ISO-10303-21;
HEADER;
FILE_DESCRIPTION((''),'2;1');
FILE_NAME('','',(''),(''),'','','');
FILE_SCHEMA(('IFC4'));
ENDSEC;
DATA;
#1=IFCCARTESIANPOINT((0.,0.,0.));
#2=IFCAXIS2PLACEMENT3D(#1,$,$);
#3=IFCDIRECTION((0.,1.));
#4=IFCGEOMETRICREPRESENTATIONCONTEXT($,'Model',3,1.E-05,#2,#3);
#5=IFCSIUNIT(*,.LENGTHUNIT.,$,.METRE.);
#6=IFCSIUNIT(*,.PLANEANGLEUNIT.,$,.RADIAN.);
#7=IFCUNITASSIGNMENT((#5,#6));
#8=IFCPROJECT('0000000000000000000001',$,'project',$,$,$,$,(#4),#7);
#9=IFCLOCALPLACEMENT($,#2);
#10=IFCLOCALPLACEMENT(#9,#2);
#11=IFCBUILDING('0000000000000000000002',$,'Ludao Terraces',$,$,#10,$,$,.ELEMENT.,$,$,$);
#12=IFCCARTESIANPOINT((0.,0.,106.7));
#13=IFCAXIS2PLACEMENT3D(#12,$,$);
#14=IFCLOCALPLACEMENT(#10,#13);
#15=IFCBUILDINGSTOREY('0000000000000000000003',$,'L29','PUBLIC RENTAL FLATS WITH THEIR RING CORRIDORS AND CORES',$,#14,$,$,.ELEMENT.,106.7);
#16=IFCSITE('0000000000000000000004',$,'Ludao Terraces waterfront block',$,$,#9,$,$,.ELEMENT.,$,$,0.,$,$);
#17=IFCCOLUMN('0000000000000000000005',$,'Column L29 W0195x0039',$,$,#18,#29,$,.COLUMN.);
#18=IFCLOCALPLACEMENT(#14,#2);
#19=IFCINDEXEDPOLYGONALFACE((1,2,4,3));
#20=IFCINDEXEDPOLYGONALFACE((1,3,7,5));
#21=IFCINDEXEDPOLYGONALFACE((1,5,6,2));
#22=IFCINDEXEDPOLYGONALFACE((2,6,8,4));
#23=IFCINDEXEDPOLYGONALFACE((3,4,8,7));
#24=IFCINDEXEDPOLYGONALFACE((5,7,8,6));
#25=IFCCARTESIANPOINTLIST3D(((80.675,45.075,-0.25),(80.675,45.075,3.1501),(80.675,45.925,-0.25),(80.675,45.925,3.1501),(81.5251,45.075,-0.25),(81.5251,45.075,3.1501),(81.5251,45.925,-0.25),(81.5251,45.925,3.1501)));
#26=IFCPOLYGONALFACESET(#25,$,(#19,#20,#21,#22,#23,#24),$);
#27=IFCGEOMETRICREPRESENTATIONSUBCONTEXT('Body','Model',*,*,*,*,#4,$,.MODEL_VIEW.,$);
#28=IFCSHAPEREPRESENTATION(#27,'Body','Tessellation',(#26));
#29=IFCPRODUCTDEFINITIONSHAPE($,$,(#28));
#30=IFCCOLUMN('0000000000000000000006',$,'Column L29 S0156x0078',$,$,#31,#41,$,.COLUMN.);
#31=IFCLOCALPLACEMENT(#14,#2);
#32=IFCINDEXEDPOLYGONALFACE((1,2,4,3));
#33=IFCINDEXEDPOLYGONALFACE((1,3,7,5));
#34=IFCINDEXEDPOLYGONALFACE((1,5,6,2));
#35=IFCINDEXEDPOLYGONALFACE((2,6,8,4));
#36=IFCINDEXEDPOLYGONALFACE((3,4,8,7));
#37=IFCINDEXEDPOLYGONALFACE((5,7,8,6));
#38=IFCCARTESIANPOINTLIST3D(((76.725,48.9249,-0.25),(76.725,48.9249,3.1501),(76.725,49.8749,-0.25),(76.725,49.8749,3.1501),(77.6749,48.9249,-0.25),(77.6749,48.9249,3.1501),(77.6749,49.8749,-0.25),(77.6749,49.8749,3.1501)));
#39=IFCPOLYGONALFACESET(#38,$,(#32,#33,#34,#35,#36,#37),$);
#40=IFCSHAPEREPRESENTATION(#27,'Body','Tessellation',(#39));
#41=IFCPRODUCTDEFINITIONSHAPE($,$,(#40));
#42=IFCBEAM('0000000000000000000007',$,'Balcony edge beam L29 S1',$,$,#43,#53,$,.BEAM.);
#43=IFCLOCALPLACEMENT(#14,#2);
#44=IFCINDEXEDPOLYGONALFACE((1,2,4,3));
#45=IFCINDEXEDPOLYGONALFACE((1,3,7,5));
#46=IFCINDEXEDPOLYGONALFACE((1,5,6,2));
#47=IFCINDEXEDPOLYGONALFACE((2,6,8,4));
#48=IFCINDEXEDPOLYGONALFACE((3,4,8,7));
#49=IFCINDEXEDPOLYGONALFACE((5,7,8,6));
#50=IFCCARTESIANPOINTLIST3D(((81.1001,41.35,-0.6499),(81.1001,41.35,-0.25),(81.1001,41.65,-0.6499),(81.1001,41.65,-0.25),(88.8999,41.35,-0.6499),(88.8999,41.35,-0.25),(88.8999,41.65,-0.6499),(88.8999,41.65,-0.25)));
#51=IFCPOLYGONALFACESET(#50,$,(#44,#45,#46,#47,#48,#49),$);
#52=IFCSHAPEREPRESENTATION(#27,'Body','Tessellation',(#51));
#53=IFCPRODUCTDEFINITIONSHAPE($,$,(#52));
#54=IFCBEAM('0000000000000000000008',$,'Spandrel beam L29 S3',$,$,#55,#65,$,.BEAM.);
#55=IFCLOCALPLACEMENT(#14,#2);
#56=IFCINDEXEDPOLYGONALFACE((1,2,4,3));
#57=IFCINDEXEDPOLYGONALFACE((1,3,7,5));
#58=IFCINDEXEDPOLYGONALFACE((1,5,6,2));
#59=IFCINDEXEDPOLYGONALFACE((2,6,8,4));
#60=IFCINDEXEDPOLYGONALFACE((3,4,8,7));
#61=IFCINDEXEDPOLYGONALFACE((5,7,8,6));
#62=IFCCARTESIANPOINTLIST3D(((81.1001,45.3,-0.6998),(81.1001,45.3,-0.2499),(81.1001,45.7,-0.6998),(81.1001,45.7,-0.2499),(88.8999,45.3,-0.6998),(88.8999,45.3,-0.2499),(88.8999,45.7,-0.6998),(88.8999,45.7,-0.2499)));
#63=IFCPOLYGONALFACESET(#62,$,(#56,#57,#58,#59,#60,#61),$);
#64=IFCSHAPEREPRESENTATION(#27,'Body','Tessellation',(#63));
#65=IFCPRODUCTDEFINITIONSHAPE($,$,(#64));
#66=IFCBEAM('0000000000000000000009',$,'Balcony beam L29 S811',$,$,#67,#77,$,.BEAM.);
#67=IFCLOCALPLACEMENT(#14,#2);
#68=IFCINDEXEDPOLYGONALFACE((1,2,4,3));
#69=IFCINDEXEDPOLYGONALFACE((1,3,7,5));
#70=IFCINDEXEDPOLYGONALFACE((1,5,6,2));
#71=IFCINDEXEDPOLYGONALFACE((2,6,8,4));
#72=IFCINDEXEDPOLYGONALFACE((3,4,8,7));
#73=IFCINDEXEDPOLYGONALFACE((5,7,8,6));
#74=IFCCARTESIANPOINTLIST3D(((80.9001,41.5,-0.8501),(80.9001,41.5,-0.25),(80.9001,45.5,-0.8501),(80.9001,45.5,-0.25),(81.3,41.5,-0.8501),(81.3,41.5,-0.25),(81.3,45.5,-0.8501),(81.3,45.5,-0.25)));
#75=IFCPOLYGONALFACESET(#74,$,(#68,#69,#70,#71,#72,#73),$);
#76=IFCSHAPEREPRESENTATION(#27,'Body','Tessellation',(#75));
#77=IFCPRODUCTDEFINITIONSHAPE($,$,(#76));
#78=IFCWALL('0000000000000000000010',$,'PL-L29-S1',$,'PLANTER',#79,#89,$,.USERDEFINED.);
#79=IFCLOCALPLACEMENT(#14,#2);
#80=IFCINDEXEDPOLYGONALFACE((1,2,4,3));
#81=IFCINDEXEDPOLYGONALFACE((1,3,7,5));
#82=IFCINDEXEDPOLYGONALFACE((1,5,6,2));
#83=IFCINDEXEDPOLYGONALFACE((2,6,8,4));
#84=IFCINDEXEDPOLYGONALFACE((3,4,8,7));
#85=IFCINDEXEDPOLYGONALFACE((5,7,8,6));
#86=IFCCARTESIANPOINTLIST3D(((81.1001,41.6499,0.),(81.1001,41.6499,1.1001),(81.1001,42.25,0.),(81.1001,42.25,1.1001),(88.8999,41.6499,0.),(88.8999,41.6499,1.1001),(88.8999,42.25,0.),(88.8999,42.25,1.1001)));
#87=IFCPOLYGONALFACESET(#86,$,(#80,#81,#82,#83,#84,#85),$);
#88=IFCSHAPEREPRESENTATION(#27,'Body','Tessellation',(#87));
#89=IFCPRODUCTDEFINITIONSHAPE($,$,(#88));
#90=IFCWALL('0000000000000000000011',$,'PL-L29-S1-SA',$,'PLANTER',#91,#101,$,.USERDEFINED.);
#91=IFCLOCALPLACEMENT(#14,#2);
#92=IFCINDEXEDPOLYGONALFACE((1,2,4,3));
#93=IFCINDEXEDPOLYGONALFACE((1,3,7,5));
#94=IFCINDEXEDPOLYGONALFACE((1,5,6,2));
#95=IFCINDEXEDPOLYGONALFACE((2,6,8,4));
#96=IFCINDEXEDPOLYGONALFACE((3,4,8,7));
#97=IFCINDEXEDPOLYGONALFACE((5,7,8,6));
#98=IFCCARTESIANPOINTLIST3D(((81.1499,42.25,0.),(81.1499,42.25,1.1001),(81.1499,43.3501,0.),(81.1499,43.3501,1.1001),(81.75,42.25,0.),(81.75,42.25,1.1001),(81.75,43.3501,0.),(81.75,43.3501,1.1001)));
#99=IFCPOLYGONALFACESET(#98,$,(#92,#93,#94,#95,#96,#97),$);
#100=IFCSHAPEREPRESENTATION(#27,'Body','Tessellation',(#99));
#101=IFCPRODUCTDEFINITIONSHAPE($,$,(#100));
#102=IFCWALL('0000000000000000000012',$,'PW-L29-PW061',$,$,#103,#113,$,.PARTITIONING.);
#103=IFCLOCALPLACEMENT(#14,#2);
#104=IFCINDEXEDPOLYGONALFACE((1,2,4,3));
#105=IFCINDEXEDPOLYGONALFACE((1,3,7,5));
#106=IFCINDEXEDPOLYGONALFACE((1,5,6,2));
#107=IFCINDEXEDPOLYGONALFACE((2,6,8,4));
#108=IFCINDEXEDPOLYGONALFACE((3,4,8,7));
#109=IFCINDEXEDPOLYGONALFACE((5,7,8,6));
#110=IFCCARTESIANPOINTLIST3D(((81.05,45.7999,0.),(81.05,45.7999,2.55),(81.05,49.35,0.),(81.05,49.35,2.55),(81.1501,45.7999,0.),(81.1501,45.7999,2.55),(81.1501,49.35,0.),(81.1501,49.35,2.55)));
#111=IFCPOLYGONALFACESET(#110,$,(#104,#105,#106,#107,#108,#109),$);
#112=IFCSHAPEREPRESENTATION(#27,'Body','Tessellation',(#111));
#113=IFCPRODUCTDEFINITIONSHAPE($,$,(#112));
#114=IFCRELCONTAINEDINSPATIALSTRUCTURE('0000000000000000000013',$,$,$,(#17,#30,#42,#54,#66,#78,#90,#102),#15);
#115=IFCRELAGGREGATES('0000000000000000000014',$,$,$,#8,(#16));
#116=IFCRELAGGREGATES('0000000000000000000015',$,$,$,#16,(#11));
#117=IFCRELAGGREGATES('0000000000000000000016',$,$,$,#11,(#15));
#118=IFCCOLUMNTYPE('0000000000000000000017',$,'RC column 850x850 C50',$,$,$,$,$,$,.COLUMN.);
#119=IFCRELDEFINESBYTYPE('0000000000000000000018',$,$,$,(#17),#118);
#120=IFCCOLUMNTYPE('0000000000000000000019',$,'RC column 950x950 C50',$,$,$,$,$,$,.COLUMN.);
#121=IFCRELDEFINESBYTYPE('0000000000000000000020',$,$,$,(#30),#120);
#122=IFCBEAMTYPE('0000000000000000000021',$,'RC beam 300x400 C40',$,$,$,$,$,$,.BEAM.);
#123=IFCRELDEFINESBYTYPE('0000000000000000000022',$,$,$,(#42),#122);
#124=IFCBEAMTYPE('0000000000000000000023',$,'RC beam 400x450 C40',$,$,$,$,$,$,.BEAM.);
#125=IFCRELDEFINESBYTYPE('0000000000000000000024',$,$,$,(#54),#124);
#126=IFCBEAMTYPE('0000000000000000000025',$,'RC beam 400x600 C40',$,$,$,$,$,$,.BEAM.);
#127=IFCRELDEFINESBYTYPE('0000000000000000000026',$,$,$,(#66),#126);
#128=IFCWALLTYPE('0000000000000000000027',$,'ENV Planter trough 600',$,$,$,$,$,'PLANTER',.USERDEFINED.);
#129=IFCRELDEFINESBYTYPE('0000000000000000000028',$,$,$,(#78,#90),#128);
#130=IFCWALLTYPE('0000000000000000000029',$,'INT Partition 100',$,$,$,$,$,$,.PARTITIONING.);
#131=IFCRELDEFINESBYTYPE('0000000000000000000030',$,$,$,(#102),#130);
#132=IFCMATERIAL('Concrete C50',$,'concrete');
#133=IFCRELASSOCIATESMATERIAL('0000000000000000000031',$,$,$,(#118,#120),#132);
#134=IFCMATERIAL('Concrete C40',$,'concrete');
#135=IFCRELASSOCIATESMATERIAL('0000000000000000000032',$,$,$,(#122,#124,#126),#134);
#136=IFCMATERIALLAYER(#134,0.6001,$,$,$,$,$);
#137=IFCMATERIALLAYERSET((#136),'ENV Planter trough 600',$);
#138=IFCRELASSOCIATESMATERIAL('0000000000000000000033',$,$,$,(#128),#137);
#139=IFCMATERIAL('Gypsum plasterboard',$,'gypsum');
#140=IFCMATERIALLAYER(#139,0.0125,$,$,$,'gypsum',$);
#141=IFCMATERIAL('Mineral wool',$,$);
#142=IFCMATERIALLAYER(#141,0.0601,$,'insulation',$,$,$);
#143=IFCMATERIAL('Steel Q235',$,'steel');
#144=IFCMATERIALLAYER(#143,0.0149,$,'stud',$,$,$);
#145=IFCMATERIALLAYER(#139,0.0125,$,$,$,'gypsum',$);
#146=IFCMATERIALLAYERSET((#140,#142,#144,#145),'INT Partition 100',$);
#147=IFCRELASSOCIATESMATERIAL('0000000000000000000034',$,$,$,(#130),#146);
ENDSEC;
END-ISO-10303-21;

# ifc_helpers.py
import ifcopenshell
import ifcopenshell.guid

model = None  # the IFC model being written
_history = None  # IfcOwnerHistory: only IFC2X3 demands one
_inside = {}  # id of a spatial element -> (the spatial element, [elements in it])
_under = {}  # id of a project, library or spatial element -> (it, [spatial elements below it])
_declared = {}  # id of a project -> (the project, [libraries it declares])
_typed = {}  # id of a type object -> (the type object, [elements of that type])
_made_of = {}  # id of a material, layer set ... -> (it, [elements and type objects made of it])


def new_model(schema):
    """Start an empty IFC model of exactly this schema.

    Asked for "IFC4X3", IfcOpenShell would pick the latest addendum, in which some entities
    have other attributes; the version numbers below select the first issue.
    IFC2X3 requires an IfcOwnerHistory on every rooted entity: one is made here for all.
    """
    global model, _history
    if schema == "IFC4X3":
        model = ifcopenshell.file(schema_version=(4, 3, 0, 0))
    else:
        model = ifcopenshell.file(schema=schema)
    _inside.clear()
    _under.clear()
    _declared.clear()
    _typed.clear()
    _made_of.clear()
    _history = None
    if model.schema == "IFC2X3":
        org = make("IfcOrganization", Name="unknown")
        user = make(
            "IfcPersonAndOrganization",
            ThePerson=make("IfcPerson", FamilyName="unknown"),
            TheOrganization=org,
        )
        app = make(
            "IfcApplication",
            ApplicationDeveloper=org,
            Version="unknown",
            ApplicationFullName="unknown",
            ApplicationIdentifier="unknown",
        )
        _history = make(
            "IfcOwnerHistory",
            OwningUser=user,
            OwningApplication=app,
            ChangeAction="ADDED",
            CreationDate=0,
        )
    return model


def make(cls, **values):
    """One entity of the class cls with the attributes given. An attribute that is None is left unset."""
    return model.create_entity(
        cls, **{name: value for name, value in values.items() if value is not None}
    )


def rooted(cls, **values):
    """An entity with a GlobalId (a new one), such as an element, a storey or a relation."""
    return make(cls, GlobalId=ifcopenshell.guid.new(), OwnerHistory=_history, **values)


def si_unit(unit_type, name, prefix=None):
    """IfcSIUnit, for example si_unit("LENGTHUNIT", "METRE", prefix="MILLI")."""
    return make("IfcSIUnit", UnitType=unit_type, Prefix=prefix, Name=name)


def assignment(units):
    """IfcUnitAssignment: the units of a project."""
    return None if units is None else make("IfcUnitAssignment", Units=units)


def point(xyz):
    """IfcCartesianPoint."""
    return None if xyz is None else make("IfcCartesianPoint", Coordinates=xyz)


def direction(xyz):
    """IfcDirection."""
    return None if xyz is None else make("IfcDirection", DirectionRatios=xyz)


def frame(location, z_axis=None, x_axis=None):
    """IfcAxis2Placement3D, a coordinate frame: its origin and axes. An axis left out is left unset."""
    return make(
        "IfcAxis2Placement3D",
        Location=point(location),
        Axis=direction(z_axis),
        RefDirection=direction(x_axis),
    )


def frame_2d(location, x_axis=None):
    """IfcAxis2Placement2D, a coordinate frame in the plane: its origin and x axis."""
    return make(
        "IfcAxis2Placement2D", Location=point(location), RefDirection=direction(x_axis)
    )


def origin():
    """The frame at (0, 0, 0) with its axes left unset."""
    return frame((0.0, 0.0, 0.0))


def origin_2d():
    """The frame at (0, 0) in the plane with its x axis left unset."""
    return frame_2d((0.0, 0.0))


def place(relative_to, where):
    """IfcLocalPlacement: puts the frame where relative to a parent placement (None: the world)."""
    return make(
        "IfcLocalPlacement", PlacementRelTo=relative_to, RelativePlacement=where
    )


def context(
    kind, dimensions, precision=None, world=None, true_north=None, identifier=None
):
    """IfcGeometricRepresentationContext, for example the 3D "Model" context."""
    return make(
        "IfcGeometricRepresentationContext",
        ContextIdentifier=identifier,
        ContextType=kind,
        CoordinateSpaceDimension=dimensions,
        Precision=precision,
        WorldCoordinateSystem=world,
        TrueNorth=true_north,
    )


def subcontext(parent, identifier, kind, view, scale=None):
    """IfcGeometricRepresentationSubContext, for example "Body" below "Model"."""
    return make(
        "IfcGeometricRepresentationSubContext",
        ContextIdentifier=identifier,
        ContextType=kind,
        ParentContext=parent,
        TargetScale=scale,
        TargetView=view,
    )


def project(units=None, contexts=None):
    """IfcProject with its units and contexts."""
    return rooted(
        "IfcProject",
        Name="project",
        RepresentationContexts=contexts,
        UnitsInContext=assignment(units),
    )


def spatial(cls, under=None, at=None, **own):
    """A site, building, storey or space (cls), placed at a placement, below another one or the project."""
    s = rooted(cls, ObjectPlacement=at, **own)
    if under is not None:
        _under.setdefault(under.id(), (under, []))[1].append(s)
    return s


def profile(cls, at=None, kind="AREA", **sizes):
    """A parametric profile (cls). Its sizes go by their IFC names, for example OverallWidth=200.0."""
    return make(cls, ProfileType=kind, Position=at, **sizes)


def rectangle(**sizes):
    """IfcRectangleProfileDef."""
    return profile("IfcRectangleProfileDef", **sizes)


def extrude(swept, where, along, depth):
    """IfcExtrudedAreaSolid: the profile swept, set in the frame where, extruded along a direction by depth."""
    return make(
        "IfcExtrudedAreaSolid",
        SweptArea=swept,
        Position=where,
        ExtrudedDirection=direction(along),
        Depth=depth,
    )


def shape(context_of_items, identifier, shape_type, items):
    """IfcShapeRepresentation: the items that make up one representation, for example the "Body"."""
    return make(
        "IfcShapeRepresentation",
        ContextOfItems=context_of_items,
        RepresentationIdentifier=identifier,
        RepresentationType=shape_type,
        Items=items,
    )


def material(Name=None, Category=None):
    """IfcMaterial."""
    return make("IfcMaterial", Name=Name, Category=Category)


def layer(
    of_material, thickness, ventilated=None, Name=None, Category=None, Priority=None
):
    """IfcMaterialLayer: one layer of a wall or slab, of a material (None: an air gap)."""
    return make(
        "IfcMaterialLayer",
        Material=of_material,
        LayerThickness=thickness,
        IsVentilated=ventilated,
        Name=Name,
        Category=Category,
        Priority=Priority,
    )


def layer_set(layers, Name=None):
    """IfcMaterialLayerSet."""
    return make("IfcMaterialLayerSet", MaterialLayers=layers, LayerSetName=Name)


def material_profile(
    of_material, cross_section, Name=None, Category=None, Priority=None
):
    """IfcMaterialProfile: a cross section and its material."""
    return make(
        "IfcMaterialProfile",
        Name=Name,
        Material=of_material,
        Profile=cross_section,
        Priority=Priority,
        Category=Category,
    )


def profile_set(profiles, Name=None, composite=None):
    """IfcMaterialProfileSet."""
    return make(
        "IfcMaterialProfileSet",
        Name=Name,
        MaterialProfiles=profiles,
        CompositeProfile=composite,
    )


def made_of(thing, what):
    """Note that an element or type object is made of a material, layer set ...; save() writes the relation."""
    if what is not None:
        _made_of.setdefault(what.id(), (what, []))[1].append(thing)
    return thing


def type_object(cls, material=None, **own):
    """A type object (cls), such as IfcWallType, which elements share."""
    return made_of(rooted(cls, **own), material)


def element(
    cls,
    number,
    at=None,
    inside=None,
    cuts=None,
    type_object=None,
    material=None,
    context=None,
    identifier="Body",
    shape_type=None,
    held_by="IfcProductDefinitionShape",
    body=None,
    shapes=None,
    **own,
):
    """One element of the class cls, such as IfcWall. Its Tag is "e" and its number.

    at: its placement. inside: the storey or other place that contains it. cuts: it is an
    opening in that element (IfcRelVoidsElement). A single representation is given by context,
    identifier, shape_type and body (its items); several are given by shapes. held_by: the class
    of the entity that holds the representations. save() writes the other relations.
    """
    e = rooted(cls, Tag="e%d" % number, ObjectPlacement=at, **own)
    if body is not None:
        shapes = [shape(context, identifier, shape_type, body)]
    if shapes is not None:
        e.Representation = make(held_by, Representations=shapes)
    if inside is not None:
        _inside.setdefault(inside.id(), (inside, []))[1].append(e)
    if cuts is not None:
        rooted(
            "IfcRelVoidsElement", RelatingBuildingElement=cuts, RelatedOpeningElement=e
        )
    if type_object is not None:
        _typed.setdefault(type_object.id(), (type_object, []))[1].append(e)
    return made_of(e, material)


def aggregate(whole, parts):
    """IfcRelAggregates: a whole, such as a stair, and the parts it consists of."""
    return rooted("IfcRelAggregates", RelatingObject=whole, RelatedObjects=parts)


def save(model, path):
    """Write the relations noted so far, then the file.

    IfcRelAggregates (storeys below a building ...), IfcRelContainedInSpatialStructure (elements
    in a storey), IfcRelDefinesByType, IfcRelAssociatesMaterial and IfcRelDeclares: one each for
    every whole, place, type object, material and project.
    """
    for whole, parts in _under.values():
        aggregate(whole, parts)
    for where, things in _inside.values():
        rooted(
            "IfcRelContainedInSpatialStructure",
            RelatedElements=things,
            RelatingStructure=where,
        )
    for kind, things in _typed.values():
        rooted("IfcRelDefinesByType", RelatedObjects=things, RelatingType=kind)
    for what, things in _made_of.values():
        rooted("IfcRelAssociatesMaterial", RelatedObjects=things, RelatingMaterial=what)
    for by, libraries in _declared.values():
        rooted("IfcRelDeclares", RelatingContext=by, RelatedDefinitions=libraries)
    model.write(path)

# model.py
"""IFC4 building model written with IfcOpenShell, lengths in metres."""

from ifc_helpers import new_model, si_unit, direction, frame, frame_2d, origin, origin_2d, place, context, subcontext, project, spatial, rectangle, extrude, material, layer, layer_set, material_profile, profile_set, type_object, element, save


model = new_model("IFC4")

# Units and contexts
model_context = context("Model", 3, precision=1e-05, world=origin(), true_north=direction((0.0, 1.0)))
body_context = subcontext(model_context, "Body", "Model", "MODEL_VIEW")
ifc_project = project(units=[si_unit("LENGTHUNIT", "METRE"), si_unit("PLANEANGLEUNIT", "RADIAN")], contexts=[model_context])

# Site, building, storey
site_placement = place(None, origin())
site = spatial("IfcSite", under=ifc_project, at=site_placement, Name="Ludao Terraces waterfront block", CompositionType="ELEMENT", RefElevation=0.0)
building_placement = place(site_placement, origin())
building = spatial("IfcBuilding", under=site, at=building_placement, Name="Ludao Terraces", CompositionType="ELEMENT")
storey_placement = place(building_placement, frame((0.0, 0.0, 106.7)))
storey = spatial("IfcBuildingStorey", under=building, at=storey_placement, Name="L29", Description="PUBLIC RENTAL FLATS WITH THEIR RING CORRIDORS AND CORES", CompositionType="ELEMENT", Elevation=106.7)

# Columns
ifc_material_1 = material(Name="Concrete C50", Category="concrete")
ifc_material_profile_1 = material_profile(ifc_material_1, rectangle(XDim=0.8501, YDim=0.8501, at=origin_2d()), Name="850 X 850")
ifc_profile_set_1 = profile_set([ifc_material_profile_1], Name="Concrete C50")
column_type_1 = type_object("IfcColumnType", Name="RC column 850x850 C50", PredefinedType="COLUMN", material=ifc_profile_set_1)
column_1_placement = place(storey_placement, frame((81.1001, 45.5, -0.25), z_axis=(0.0, 0.0, 1.0), x_axis=(1.0, 0.0, 0.0)))
element("IfcColumn", 1, at=column_1_placement, inside=storey, type_object=column_type_1, Name="Column L29 W0195x0039", PredefinedType="COLUMN", context=body_context, shape_type="SweptSolid", body=[
    extrude(rectangle(XDim=0.8501, YDim=0.8501, at=origin_2d()), origin(), (0.0, 0.0, 1.0), 3.4001),
])
ifc_material_profile_2 = material_profile(ifc_material_1, rectangle(XDim=0.95, YDim=0.95, at=origin_2d()), Name="950 X 950")
ifc_profile_set_2 = profile_set([ifc_material_profile_2], Name="Concrete C50")
column_type_2 = type_object("IfcColumnType", Name="RC column 950x950 C50", PredefinedType="COLUMN", material=ifc_profile_set_2)
column_2_placement = place(storey_placement, frame((77.2, 49.3999, -0.25), z_axis=(0.0, 0.0, 1.0), x_axis=(1.0, 0.0, 0.0)))
element("IfcColumn", 2, at=column_2_placement, inside=storey, type_object=column_type_2, Name="Column L29 S0156x0078", PredefinedType="COLUMN", context=body_context, shape_type="SweptSolid", body=[
    extrude(rectangle(XDim=0.95, YDim=0.95, at=origin_2d()), origin(), (0.0, 0.0, 1.0), 3.4001),
])

# Beams
ifc_material_2 = material(Name="Concrete C40", Category="concrete")
ifc_material_profile_3 = material_profile(ifc_material_2, rectangle(XDim=0.3, YDim=0.3999, at=origin_2d()), Name="300 X 400")
ifc_profile_set_3 = profile_set([ifc_material_profile_3], Name="Concrete C40")
beam_type_1 = type_object("IfcBeamType", Name="RC beam 300x400 C40", PredefinedType="BEAM", material=ifc_profile_set_3)
beam_1_placement = place(storey_placement, frame((81.1001, 41.5, -0.45), z_axis=(1.0, 0.0, 0.0), x_axis=(0.0, 1.0, 0.0)))
element("IfcBeam", 3, at=beam_1_placement, inside=storey, type_object=beam_type_1, Name="Balcony edge beam L29 S1", PredefinedType="BEAM", context=body_context, shape_type="SweptSolid", body=[
    extrude(rectangle(XDim=0.3, YDim=0.3999, at=origin_2d()), origin(), (0.0, 0.0, 1.0), 7.7998),
])
ifc_material_profile_4 = material_profile(ifc_material_2, rectangle(XDim=0.3999, YDim=0.45, at=origin_2d()), Name="400 X 450")
ifc_profile_set_4 = profile_set([ifc_material_profile_4], Name="Concrete C40")
beam_type_2 = type_object("IfcBeamType", Name="RC beam 400x450 C40", PredefinedType="BEAM", material=ifc_profile_set_4)
beam_2_placement = place(storey_placement, frame((81.1001, 45.5, -0.4749), z_axis=(1.0, 0.0, 0.0), x_axis=(0.0, 1.0, 0.0)))
element("IfcBeam", 4, at=beam_2_placement, inside=storey, type_object=beam_type_2, Name="Spandrel beam L29 S3", PredefinedType="BEAM", context=body_context, shape_type="SweptSolid", body=[
    extrude(rectangle(XDim=0.3999, YDim=0.45, at=origin_2d()), origin(), (0.0, 0.0, 1.0), 7.7998),
])
ifc_material_profile_5 = material_profile(ifc_material_2, rectangle(XDim=0.3999, YDim=0.6001, at=origin_2d()), Name="400 X 600")
ifc_profile_set_5 = profile_set([ifc_material_profile_5], Name="Concrete C40")
beam_type_3 = type_object("IfcBeamType", Name="RC beam 400x600 C40", PredefinedType="BEAM", material=ifc_profile_set_5)
beam_3_placement = place(storey_placement, frame((81.1001, 45.5, -0.55), z_axis=(0.0, -1.0, 0.0), x_axis=(1.0, 0.0, 0.0)))
element("IfcBeam", 5, at=beam_3_placement, inside=storey, type_object=beam_type_3, Name="Balcony beam L29 S811", PredefinedType="BEAM", context=body_context, shape_type="SweptSolid", body=[
    extrude(rectangle(XDim=0.3999, YDim=0.6001, at=origin_2d()), origin(), (0.0, 0.0, 1.0), 4.0),
])

# Walls
ifc_layer_1 = layer(ifc_material_2, 0.6001)
ifc_layer_set_1 = layer_set([ifc_layer_1], Name="ENV Planter trough 600")
wall_type_1 = type_object("IfcWallType", Name="ENV Planter trough 600", ElementType="PLANTER", PredefinedType="USERDEFINED", material=ifc_layer_set_1)
wall_1_placement = place(storey_placement, frame((81.1001, 41.95, 0.0), z_axis=(0.0, 0.0, 1.0), x_axis=(1.0, 0.0, 0.0)))
element("IfcWall", 6, at=wall_1_placement, inside=storey, type_object=wall_type_1, Name="PL-L29-S1", ObjectType="PLANTER", PredefinedType="USERDEFINED", context=body_context, shape_type="SweptSolid", body=[
    extrude(rectangle(XDim=7.7998, YDim=0.6001, at=frame_2d((3.8999, 0.0))), origin(), (0.0, 0.0, 1.0), 1.1001),
])
wall_2_placement = place(storey_placement, frame((81.45, 42.25, 0.0), z_axis=(0.0, 0.0, 1.0), x_axis=(0.0, 1.0, 0.0)))
element("IfcWall", 7, at=wall_2_placement, inside=storey, type_object=wall_type_1, Name="PL-L29-S1-SA", ObjectType="PLANTER", PredefinedType="USERDEFINED", context=body_context, shape_type="SweptSolid", body=[
    extrude(rectangle(XDim=1.1001, YDim=0.6001, at=frame_2d((0.55, 0.0))), origin(), (0.0, 0.0, 1.0), 1.1001),
])

# Shared definitions
ifc_material_3 = material(Name="Mineral wool")

# Wall
ifc_material_4 = material(Name="Gypsum plasterboard", Category="gypsum")
ifc_layer_2 = layer(ifc_material_4, 0.0125, Category="gypsum")
ifc_layer_3 = layer(ifc_material_3, 0.0601, Name="insulation")
ifc_material_5 = material(Name="Steel Q235", Category="steel")
ifc_layer_4 = layer(ifc_material_5, 0.0149, Name="stud")
ifc_layer_5 = layer(ifc_material_4, 0.0125, Category="gypsum")
ifc_layer_set_2 = layer_set([ifc_layer_2, ifc_layer_3, ifc_layer_4, ifc_layer_5], Name="INT Partition 100")
wall_type_2 = type_object("IfcWallType", Name="INT Partition 100", PredefinedType="PARTITIONING", material=ifc_layer_set_2)
wall_3_placement = place(storey_placement, frame((81.1001, 45.8, 0.0), z_axis=(0.0, 0.0, 1.0), x_axis=(0.0, 1.0, 0.0)))
element("IfcWall", 8, at=wall_3_placement, inside=storey, type_object=wall_type_2, Name="PW-L29-PW061", PredefinedType="PARTITIONING", context=body_context, shape_type="SweptSolid", body=[
    extrude(rectangle(XDim=3.55, YDim=0.1001, at=frame_2d((1.7749, 0.0))), origin(), (0.0, 0.0, 1.0), 2.55),
])

save(model, "model.ifc")
